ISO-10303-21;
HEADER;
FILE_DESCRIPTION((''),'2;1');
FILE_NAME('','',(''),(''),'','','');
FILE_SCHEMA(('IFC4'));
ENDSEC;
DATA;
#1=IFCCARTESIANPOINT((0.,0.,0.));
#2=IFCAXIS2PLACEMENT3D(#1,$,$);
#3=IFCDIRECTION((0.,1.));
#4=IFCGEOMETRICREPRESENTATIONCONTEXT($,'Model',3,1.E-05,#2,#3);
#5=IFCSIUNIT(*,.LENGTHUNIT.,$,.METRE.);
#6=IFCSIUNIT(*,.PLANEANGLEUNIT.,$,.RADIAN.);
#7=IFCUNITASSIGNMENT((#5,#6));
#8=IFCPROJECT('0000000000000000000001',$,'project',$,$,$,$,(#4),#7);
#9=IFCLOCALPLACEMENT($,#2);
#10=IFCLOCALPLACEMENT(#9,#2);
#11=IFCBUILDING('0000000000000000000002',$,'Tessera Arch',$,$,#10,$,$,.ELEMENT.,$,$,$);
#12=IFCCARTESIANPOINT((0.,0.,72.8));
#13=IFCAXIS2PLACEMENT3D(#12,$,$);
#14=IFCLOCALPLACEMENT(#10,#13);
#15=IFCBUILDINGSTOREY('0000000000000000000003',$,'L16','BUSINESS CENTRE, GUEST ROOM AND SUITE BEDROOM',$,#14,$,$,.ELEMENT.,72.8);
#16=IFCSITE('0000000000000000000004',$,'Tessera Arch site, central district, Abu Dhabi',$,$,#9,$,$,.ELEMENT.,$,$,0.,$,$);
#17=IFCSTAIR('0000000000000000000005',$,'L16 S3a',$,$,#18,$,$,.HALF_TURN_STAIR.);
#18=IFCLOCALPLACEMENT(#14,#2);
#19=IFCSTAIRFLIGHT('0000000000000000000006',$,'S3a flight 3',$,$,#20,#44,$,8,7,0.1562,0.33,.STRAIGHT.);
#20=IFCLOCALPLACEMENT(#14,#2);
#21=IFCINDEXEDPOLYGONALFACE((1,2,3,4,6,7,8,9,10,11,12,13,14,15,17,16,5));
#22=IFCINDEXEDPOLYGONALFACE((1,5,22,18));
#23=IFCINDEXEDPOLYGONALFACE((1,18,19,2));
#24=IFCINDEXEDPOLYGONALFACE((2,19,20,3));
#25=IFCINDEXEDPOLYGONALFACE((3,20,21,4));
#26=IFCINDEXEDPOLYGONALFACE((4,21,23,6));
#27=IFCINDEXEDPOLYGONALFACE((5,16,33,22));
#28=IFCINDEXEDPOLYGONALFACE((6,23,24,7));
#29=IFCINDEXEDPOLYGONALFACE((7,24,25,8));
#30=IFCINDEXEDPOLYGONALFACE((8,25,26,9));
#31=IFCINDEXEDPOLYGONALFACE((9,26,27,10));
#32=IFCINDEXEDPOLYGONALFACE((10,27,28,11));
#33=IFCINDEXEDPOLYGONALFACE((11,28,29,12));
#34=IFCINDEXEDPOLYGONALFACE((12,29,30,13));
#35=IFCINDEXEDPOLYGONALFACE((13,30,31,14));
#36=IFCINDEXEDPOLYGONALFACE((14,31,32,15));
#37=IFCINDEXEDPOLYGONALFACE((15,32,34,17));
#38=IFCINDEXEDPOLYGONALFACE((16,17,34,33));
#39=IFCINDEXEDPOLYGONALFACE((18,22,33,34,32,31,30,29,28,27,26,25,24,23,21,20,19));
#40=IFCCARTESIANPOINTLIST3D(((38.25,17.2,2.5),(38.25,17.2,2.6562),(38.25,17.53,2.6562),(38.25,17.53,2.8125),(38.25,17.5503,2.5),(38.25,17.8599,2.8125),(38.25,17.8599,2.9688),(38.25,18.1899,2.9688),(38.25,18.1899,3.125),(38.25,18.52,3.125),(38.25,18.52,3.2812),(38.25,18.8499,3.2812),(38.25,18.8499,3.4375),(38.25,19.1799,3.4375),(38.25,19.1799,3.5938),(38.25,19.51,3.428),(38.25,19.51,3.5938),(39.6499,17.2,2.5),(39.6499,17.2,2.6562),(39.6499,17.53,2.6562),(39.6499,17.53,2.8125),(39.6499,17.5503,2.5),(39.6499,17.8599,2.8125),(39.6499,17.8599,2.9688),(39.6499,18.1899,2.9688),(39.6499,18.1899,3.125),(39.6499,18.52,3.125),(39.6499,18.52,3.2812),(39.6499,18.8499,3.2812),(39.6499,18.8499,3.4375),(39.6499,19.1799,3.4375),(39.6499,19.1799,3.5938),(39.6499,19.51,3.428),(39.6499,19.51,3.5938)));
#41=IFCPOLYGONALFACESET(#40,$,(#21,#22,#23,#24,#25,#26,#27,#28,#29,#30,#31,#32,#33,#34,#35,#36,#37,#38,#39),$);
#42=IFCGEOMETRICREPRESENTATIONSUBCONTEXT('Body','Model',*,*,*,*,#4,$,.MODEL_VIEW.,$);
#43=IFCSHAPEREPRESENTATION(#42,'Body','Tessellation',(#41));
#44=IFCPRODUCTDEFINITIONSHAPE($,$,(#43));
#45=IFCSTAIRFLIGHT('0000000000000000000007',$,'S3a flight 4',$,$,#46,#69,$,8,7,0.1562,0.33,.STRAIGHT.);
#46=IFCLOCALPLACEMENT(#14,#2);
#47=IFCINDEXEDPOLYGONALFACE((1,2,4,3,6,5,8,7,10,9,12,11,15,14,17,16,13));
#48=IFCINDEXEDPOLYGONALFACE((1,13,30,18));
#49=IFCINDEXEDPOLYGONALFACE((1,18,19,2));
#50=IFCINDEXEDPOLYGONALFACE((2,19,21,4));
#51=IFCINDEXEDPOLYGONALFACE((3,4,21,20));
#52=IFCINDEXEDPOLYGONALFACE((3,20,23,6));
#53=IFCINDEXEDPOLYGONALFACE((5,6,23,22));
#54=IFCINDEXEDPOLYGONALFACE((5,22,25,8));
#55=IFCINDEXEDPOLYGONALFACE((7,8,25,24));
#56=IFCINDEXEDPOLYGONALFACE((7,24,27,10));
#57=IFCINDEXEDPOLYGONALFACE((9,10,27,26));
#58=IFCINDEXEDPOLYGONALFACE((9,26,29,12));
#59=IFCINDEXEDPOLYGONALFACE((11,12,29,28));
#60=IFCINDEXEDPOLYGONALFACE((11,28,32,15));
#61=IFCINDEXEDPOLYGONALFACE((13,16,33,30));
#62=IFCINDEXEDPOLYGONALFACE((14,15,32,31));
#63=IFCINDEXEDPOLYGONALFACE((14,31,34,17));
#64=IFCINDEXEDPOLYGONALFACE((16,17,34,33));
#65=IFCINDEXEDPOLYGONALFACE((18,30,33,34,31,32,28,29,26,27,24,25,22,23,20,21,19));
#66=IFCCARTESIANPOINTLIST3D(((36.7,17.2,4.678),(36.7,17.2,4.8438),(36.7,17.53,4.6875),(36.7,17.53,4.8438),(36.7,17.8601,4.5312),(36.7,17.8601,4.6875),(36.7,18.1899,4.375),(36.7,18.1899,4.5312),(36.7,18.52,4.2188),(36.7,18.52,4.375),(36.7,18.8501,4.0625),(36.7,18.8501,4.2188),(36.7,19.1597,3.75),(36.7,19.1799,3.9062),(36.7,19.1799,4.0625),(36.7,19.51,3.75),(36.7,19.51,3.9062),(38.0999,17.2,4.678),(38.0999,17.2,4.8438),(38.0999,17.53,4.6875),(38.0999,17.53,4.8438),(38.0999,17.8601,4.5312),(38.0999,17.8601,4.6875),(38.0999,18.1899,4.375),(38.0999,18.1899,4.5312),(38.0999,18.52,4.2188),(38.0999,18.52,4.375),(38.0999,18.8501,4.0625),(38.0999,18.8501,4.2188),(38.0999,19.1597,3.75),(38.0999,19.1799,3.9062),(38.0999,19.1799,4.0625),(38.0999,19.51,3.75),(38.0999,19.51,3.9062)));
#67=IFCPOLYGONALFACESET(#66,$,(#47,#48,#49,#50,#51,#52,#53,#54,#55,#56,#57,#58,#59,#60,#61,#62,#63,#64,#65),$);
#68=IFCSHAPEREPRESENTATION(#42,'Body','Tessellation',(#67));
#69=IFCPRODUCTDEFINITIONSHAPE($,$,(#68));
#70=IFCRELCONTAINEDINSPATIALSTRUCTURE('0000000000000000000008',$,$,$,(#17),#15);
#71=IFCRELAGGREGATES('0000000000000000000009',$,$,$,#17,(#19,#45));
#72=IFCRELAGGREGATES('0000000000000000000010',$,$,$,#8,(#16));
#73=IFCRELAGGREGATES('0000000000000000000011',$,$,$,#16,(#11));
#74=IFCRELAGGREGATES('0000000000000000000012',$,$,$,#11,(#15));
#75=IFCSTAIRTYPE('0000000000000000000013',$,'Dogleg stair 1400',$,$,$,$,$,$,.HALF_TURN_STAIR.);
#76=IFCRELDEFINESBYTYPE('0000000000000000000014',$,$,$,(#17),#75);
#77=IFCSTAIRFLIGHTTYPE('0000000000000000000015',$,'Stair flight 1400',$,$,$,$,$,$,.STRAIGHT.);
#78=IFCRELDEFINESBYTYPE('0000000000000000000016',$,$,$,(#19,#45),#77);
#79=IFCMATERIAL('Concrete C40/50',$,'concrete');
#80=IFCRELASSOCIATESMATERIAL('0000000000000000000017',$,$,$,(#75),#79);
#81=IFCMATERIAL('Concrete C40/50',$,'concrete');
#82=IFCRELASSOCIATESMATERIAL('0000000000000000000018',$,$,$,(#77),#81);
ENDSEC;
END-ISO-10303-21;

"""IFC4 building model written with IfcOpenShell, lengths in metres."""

from ifc_helpers import new_model, si_unit, direction, frame, origin, place, context, subcontext, project, spatial, polyline, outline, extrude, material, type_object, element, aggregate, save


model = new_model("IFC4")

# Units and contexts
model_context = context("Model", 3, precision=1e-05, world=origin(), true_north=direction((0.0, 1.0)))
body_context = subcontext(model_context, "Body", "Model", "MODEL_VIEW")
ifc_project = project(units=[si_unit("LENGTHUNIT", "METRE"), si_unit("PLANEANGLEUNIT", "RADIAN")], contexts=[model_context])

# Site, building, storey
site_placement = place(None, origin())
site = spatial("IfcSite", under=ifc_project, at=site_placement, Name="Tessera Arch site, central district, Abu Dhabi", CompositionType="ELEMENT", RefElevation=0.0)
building_placement = place(site_placement, origin())
building = spatial("IfcBuilding", under=site, at=building_placement, Name="Tessera Arch", CompositionType="ELEMENT")
storey_placement = place(building_placement, frame((0.0, 0.0, 72.8)))
storey = spatial("IfcBuildingStorey", under=building, at=storey_placement, Name="L16", Description="BUSINESS CENTRE, GUEST ROOM AND SUITE BEDROOM", CompositionType="ELEMENT", Elevation=72.8)

# Stair, stair flights
ifc_material_1 = material(Name="Concrete C40/50", Category="concrete")
stair_type = type_object("IfcStairType", Name="Dogleg stair 1400", PredefinedType="HALF_TURN_STAIR", material=ifc_material_1)
stair_placement = place(storey_placement, origin())
stair = element("IfcStair", 1, at=stair_placement, inside=storey, type_object=stair_type, Name="L16 S3a", PredefinedType="HALF_TURN_STAIR")
ifc_material_2 = material(Name="Concrete C40/50", Category="concrete")
stair_flight_type = type_object("IfcStairFlightType", Name="Stair flight 1400", PredefinedType="STRAIGHT", material=ifc_material_2)
stair_flight_1_placement = place(storey_placement, frame((38.95, 17.2, 2.5), z_axis=(0.0, 0.0, 1.0), x_axis=(0.0, 1.0, 0.0)))
stair_flight_1 = element("IfcStairFlight", 2, at=stair_flight_1_placement, type_object=stair_flight_type, Name="S3a flight 3", NumberOfRisers=8, NumberOfTreads=7, PredefinedType="STRAIGHT", RiserHeight=0.1562, TreadLength=0.33, context=body_context, shape_type="SweptSolid", body=[
    extrude(outline(polyline([(0.0, 0.0), (0.0, 0.1562), (0.3301, 0.1562), (0.3301, 0.3125), (0.6599, 0.3125), (0.6599, 0.4688), (0.99, 0.4688), (0.99, 0.625), (1.3201, 0.625), (1.3201, 0.7812), (1.6499, 0.7812), (1.6499, 0.9375), (1.98, 0.9375), (1.98, 1.0938), (2.3101, 1.0938), (2.3101, 1.25), (2.3101, 0.928), (0.3503, 0.0), (0.0, 0.0)])), frame((0.0, 0.7, 0.0), z_axis=(0.0, -1.0, 0.0), x_axis=(1.0, 0.0, 0.0)), (0.0, 0.0, 1.0), 1.3999),
])
stair_flight_2_placement = place(storey_placement, frame((37.3999, 19.51, 3.75), z_axis=(0.0, 0.0, 1.0), x_axis=(0.0, -1.0, 0.0)))
stair_flight_2 = element("IfcStairFlight", 3, at=stair_flight_2_placement, type_object=stair_flight_type, Name="S3a flight 4", NumberOfRisers=8, NumberOfTreads=7, PredefinedType="STRAIGHT", RiserHeight=0.1562, TreadLength=0.33, context=body_context, shape_type="SweptSolid", body=[
    extrude(outline(polyline([(0.0, 0.0), (0.0, 0.1562), (0.3301, 0.1562), (0.3301, 0.3125), (0.6599, 0.3125), (0.6599, 0.4688), (0.99, 0.4688), (0.99, 0.625), (1.3201, 0.625), (1.3201, 0.7812), (1.6499, 0.7812), (1.6499, 0.9375), (1.98, 0.9375), (1.98, 1.0938), (2.3101, 1.0938), (2.3101, 1.25), (2.3101, 0.928), (0.3503, 0.0), (0.0, 0.0)])), frame((0.0, 0.7, 0.0), z_axis=(0.0, -1.0, 0.0), x_axis=(1.0, 0.0, 0.0)), (0.0, 0.0, 1.0), 1.3999),
])
aggregate(stair, [stair_flight_1, stair_flight_2])

save(model, "model.ifc")
